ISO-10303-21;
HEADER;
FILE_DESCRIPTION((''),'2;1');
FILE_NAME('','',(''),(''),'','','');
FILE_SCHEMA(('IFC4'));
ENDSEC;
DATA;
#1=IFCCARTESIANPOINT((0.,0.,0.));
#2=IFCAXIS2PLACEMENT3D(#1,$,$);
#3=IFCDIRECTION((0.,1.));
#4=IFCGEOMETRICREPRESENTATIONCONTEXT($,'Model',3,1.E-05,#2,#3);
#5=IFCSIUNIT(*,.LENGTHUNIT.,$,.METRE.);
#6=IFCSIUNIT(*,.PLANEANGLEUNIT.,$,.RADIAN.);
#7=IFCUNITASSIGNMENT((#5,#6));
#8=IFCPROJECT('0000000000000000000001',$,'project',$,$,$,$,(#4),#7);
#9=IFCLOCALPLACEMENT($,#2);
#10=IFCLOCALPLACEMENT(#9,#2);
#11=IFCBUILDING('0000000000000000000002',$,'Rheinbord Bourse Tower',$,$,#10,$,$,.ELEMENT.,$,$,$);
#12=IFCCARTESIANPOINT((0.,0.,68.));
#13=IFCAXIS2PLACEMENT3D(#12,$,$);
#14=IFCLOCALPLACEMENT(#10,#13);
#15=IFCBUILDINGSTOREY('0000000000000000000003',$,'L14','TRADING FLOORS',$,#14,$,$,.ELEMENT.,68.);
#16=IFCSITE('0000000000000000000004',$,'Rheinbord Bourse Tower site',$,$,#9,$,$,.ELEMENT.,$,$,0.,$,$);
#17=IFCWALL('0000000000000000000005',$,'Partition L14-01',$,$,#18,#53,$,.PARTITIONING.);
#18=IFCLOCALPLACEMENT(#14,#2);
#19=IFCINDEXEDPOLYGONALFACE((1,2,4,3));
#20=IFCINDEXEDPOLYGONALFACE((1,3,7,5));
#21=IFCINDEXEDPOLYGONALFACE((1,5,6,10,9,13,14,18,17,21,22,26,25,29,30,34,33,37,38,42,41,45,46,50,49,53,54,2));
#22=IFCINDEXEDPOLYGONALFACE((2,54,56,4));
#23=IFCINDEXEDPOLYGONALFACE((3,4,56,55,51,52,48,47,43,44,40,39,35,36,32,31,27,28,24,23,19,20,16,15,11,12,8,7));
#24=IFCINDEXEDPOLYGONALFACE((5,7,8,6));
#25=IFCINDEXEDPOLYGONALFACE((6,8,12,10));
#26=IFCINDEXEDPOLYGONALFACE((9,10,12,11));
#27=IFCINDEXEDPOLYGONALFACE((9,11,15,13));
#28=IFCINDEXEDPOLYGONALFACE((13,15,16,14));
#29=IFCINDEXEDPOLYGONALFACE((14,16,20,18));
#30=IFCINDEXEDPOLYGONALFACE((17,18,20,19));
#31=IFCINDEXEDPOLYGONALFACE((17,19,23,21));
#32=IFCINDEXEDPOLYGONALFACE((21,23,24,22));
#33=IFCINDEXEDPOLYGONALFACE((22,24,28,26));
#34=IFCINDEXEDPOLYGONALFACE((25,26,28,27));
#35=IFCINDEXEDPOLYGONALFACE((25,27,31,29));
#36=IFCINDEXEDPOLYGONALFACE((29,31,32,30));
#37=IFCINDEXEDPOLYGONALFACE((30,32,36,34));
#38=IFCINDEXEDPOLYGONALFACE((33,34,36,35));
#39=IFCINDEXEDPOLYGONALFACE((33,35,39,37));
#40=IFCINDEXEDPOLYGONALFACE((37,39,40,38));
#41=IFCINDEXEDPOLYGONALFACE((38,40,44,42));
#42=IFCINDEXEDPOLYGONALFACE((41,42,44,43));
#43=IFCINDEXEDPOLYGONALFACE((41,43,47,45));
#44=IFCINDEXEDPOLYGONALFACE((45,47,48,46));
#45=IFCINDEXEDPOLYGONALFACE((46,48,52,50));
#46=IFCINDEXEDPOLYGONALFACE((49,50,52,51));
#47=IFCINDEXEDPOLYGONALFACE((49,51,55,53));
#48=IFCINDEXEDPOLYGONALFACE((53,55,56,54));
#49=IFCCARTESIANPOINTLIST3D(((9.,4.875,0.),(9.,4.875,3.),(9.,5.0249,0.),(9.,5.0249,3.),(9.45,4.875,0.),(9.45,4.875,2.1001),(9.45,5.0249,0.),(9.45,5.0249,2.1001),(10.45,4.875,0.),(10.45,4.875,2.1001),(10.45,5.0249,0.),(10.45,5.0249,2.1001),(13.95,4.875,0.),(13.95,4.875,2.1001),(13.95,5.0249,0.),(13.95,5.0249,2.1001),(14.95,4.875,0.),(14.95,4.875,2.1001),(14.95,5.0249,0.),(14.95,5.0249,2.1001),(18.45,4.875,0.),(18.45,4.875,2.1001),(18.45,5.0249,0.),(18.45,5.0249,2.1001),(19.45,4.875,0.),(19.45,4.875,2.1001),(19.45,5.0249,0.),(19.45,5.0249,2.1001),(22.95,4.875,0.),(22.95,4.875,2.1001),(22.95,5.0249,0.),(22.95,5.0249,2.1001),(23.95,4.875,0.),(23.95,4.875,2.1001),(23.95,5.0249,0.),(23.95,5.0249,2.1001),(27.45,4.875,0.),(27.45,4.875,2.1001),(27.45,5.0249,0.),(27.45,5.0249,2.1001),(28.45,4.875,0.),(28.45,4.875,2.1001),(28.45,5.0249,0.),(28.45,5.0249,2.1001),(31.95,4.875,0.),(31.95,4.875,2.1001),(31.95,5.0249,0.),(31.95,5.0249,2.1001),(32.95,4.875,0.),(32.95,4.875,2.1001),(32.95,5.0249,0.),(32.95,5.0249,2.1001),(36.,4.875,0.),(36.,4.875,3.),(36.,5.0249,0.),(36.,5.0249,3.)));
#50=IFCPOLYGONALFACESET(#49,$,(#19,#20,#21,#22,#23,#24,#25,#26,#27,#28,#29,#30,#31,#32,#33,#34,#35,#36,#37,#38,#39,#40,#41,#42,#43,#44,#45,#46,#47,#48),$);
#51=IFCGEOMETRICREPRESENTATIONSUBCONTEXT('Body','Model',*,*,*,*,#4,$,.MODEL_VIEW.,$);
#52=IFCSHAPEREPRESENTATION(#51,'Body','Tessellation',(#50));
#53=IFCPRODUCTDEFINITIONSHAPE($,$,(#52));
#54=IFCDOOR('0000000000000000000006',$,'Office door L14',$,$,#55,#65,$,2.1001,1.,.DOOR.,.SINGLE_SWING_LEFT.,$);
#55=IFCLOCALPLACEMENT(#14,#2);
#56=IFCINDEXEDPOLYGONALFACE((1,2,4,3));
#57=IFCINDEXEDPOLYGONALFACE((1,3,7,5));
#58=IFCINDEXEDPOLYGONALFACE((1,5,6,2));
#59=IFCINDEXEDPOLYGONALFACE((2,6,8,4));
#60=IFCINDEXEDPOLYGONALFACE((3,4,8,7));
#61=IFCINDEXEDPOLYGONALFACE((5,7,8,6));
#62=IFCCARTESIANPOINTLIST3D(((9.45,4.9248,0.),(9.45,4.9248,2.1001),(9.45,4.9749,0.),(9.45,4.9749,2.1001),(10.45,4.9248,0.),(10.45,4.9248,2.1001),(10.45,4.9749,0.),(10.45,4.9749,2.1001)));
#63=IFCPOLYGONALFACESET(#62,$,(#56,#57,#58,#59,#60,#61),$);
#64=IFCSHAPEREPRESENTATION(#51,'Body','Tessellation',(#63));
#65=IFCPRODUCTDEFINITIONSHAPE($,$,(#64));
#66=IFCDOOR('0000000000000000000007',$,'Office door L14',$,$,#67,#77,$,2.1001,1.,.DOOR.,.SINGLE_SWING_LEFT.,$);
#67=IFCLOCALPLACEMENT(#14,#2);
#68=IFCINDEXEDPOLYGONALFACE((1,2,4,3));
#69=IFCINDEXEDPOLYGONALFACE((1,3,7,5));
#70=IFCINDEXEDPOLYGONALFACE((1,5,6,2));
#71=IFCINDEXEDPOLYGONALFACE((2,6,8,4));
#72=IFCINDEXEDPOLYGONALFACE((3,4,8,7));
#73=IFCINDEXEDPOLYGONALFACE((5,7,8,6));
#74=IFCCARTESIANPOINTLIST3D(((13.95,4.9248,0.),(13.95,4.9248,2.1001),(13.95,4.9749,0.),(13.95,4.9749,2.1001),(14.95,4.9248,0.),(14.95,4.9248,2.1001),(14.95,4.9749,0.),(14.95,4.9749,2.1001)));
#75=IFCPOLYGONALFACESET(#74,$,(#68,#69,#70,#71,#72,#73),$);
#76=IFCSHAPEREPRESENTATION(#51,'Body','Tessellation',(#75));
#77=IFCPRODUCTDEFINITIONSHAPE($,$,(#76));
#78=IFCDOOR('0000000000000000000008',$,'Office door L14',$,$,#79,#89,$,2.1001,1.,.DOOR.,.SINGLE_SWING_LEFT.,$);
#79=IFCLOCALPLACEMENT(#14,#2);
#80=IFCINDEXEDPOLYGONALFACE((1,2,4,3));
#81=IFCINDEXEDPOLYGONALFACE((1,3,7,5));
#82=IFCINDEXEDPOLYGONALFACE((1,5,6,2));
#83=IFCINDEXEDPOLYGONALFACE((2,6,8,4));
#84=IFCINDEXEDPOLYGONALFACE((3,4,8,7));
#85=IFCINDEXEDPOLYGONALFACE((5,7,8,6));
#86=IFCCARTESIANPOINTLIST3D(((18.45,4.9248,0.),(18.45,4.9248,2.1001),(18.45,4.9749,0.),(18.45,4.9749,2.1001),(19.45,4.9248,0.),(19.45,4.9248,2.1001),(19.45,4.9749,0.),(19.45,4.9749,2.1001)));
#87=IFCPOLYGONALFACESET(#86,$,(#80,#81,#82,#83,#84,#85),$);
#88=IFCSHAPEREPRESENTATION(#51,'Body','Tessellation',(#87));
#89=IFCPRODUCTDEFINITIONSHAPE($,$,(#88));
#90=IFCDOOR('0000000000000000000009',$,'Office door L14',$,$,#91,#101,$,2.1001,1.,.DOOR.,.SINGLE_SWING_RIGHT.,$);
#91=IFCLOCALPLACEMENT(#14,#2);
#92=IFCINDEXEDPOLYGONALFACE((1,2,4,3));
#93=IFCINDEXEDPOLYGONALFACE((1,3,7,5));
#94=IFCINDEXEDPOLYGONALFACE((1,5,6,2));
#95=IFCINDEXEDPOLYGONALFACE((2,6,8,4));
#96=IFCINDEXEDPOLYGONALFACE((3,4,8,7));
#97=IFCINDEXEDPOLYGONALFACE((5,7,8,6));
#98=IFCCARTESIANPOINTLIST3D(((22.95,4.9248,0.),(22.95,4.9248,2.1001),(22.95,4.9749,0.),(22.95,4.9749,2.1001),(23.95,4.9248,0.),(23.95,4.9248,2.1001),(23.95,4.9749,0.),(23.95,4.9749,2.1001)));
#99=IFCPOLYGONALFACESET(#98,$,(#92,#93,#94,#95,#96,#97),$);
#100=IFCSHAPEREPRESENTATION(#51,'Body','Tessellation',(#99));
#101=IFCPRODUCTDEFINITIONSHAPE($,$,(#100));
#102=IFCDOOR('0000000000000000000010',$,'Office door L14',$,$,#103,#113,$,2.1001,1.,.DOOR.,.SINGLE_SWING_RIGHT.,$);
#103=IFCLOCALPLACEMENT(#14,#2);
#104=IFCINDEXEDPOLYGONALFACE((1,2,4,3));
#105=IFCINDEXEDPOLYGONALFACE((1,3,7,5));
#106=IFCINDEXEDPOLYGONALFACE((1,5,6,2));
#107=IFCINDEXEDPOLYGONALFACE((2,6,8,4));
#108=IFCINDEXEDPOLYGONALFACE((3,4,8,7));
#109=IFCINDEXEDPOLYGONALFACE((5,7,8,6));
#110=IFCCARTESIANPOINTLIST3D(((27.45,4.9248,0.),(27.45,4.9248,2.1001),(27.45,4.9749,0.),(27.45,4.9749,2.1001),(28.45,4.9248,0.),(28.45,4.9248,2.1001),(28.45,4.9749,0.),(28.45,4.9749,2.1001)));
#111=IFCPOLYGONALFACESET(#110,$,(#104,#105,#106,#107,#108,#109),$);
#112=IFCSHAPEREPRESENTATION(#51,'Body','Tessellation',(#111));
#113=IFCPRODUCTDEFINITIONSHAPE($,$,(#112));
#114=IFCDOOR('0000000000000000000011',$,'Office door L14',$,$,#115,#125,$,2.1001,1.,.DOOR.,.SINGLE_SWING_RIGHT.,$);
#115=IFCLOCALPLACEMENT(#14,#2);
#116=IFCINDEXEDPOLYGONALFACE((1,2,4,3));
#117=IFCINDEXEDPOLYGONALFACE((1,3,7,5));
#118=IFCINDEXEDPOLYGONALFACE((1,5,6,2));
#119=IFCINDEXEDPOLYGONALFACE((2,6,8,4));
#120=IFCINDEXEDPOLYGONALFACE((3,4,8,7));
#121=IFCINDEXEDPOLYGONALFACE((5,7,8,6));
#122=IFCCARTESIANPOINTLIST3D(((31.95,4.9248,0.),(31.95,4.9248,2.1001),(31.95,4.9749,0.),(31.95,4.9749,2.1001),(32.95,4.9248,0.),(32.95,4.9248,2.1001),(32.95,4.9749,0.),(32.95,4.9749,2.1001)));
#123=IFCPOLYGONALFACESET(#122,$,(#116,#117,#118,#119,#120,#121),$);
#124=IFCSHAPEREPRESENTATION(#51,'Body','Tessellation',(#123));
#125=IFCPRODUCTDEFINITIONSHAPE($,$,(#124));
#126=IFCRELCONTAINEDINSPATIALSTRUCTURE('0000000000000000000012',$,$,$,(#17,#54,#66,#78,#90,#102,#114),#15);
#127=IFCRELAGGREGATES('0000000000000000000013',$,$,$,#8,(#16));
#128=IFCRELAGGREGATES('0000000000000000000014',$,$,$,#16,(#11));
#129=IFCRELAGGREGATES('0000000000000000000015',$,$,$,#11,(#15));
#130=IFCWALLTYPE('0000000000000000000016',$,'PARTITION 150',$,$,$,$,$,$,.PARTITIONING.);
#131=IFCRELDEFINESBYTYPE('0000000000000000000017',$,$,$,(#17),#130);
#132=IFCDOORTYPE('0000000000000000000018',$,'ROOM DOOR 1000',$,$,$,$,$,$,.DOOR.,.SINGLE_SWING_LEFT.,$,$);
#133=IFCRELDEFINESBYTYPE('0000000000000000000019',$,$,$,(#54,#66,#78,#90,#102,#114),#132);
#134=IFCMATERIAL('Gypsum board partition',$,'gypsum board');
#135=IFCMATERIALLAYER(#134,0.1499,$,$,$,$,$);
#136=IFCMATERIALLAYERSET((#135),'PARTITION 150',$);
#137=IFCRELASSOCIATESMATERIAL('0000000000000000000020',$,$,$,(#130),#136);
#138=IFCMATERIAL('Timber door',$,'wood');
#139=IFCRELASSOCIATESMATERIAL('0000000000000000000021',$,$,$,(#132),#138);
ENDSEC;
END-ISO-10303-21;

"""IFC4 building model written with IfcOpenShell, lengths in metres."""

from ifc_helpers import new_model, si_unit, direction, frame, frame_2d, origin, place, context, subcontext, project, spatial, rectangle, extrude, material, layer, layer_set, type_object, element, fill, save


model = new_model("IFC4")

# Units and contexts
model_context = context("Model", 3, precision=1e-05, world=origin(), true_north=direction((0.0, 1.0)))
body_context = subcontext(model_context, "Body", "Model", "MODEL_VIEW")
ifc_project = project(units=[si_unit("LENGTHUNIT", "METRE"), si_unit("PLANEANGLEUNIT", "RADIAN")], contexts=[model_context])

# Site, building, storey
site_placement = place(None, origin())
site = spatial("IfcSite", under=ifc_project, at=site_placement, Name="Rheinbord Bourse Tower site", CompositionType="ELEMENT", RefElevation=0.0)
building_placement = place(site_placement, origin())
building = spatial("IfcBuilding", under=site, at=building_placement, Name="Rheinbord Bourse Tower", CompositionType="ELEMENT")
storey_placement = place(building_placement, frame((0.0, 0.0, 68.0)))
storey = spatial("IfcBuildingStorey", under=building, at=storey_placement, Name="L14", Description="TRADING FLOORS", CompositionType="ELEMENT", Elevation=68.0)

# Wall, openings, doors
ifc_material_1 = material(Name="Gypsum board partition", Category="gypsum board")
ifc_layer_1 = layer(ifc_material_1, 0.1499)
ifc_layer_set_1 = layer_set([ifc_layer_1], Name="PARTITION 150")
wall_type = type_object("IfcWallType", Name="PARTITION 150", PredefinedType="PARTITIONING", material=ifc_layer_set_1)
wall_placement = place(storey_placement, frame((9.0, 4.95, 0.0), z_axis=(0.0, 0.0, 1.0), x_axis=(1.0, 0.0, 0.0)))
wall = element("IfcWall", 1, at=wall_placement, inside=storey, type_object=wall_type, Name="Partition L14-01", PredefinedType="PARTITIONING", context=body_context, shape_type="SweptSolid", body=[
    extrude(rectangle(XDim=27.0, YDim=0.1499, at=frame_2d((13.5, 0.0))), origin(), (0.0, 0.0, 1.0), 3.0),
])
opening_1_placement = place(wall_placement, frame((0.45, 0.0, 0.0)))
opening_1 = element("IfcOpeningElement", 2, at=opening_1_placement, cuts=wall, PredefinedType="OPENING", context=body_context, shape_type="SweptSolid", body=[
    extrude(rectangle(XDim=1.0, YDim=2.1001, at=frame_2d((0.5, 1.05))), frame((0.0, 0.085, 0.0), z_axis=(0.0, -1.0, 0.0), x_axis=(1.0, 0.0, 0.0)), (0.0, 0.0, 1.0), 0.1699),
])
opening_2_placement = place(wall_placement, frame((4.95, 0.0, 0.0)))
opening_2 = element("IfcOpeningElement", 3, at=opening_2_placement, cuts=wall, PredefinedType="OPENING", context=body_context, shape_type="SweptSolid", body=[
    extrude(rectangle(XDim=1.0, YDim=2.1001, at=frame_2d((0.5, 1.05))), frame((0.0, 0.085, 0.0), z_axis=(0.0, -1.0, 0.0), x_axis=(1.0, 0.0, 0.0)), (0.0, 0.0, 1.0), 0.1699),
])
opening_3_placement = place(wall_placement, frame((9.45, 0.0, 0.0)))
opening_3 = element("IfcOpeningElement", 4, at=opening_3_placement, cuts=wall, PredefinedType="OPENING", context=body_context, shape_type="SweptSolid", body=[
    extrude(rectangle(XDim=1.0, YDim=2.1001, at=frame_2d((0.5, 1.05))), frame((0.0, 0.085, 0.0), z_axis=(0.0, -1.0, 0.0), x_axis=(1.0, 0.0, 0.0)), (0.0, 0.0, 1.0), 0.1699),
])
opening_4_placement = place(wall_placement, frame((13.95, 0.0, 0.0)))
opening_4 = element("IfcOpeningElement", 5, at=opening_4_placement, cuts=wall, PredefinedType="OPENING", context=body_context, shape_type="SweptSolid", body=[
    extrude(rectangle(XDim=1.0, YDim=2.1001, at=frame_2d((0.5, 1.05))), frame((0.0, 0.085, 0.0), z_axis=(0.0, -1.0, 0.0), x_axis=(1.0, 0.0, 0.0)), (0.0, 0.0, 1.0), 0.1699),
])
opening_5_placement = place(wall_placement, frame((18.45, 0.0, 0.0)))
opening_5 = element("IfcOpeningElement", 6, at=opening_5_placement, cuts=wall, PredefinedType="OPENING", context=body_context, shape_type="SweptSolid", body=[
    extrude(rectangle(XDim=1.0, YDim=2.1001, at=frame_2d((0.5, 1.05))), frame((0.0, 0.085, 0.0), z_axis=(0.0, -1.0, 0.0), x_axis=(1.0, 0.0, 0.0)), (0.0, 0.0, 1.0), 0.1699),
])
opening_6_placement = place(wall_placement, frame((22.95, 0.0, 0.0)))
opening_6 = element("IfcOpeningElement", 7, at=opening_6_placement, cuts=wall, PredefinedType="OPENING", context=body_context, shape_type="SweptSolid", body=[
    extrude(rectangle(XDim=1.0, YDim=2.1001, at=frame_2d((0.5, 1.05))), frame((0.0, 0.085, 0.0), z_axis=(0.0, -1.0, 0.0), x_axis=(1.0, 0.0, 0.0)), (0.0, 0.0, 1.0), 0.1699),
])
ifc_material_2 = material(Name="Timber door", Category="wood")
door_type = type_object("IfcDoorType", Name="ROOM DOOR 1000", OperationType="SINGLE_SWING_LEFT", PredefinedType="DOOR", material=ifc_material_2)
door_1_placement = place(opening_1_placement, origin())
door_1 = element("IfcDoor", 8, at=door_1_placement, inside=storey, type_object=door_type, Name="Office door L14", OperationType="SINGLE_SWING_LEFT", OverallHeight=2.1001, OverallWidth=1.0, PredefinedType="DOOR", context=body_context, shape_type="SweptSolid", body=[
    extrude(rectangle(XDim=1.0, YDim=2.1001, at=frame_2d((0.5, 1.05))), frame((0.0, 0.0249, 0.0), z_axis=(0.0, -1.0, 0.0), x_axis=(1.0, 0.0, 0.0)), (0.0, 0.0, 1.0), 0.05),
])
fill(opening_1, door_1)
door_2_placement = place(opening_2_placement, origin())
door_2 = element("IfcDoor", 9, at=door_2_placement, inside=storey, type_object=door_type, Name="Office door L14", OperationType="SINGLE_SWING_LEFT", OverallHeight=2.1001, OverallWidth=1.0, PredefinedType="DOOR", context=body_context, shape_type="SweptSolid", body=[
    extrude(rectangle(XDim=1.0, YDim=2.1001, at=frame_2d((0.5, 1.05))), frame((0.0, 0.0249, 0.0), z_axis=(0.0, -1.0, 0.0), x_axis=(1.0, 0.0, 0.0)), (0.0, 0.0, 1.0), 0.05),
])
fill(opening_2, door_2)
door_3_placement = place(opening_3_placement, origin())
door_3 = element("IfcDoor", 10, at=door_3_placement, inside=storey, type_object=door_type, Name="Office door L14", OperationType="SINGLE_SWING_LEFT", OverallHeight=2.1001, OverallWidth=1.0, PredefinedType="DOOR", context=body_context, shape_type="SweptSolid", body=[
    extrude(rectangle(XDim=1.0, YDim=2.1001, at=frame_2d((0.5, 1.05))), frame((0.0, 0.0249, 0.0), z_axis=(0.0, -1.0, 0.0), x_axis=(1.0, 0.0, 0.0)), (0.0, 0.0, 1.0), 0.05),
])
fill(opening_3, door_3)
door_4_placement = place(opening_4_placement, origin())
door_4 = element("IfcDoor", 11, at=door_4_placement, inside=storey, type_object=door_type, Name="Office door L14", OperationType="SINGLE_SWING_RIGHT", OverallHeight=2.1001, OverallWidth=1.0, PredefinedType="DOOR", context=body_context, shape_type="SweptSolid", body=[
    extrude(rectangle(XDim=1.0, YDim=2.1001, at=frame_2d((0.5, 1.05))), frame((0.0, 0.0249, 0.0), z_axis=(0.0, -1.0, 0.0), x_axis=(1.0, 0.0, 0.0)), (0.0, 0.0, 1.0), 0.05),
])
fill(opening_4, door_4)
door_5_placement = place(opening_5_placement, origin())
door_5 = element("IfcDoor", 12, at=door_5_placement, inside=storey, type_object=door_type, Name="Office door L14", OperationType="SINGLE_SWING_RIGHT", OverallHeight=2.1001, OverallWidth=1.0, PredefinedType="DOOR", context=body_context, shape_type="SweptSolid", body=[
    extrude(rectangle(XDim=1.0, YDim=2.1001, at=frame_2d((0.5, 1.05))), frame((0.0, 0.0249, 0.0), z_axis=(0.0, -1.0, 0.0), x_axis=(1.0, 0.0, 0.0)), (0.0, 0.0, 1.0), 0.05),
])
fill(opening_5, door_5)
door_6_placement = place(opening_6_placement, origin())
door_6 = element("IfcDoor", 13, at=door_6_placement, inside=storey, type_object=door_type, Name="Office door L14", OperationType="SINGLE_SWING_RIGHT", OverallHeight=2.1001, OverallWidth=1.0, PredefinedType="DOOR", context=body_context, shape_type="SweptSolid", body=[
    extrude(rectangle(XDim=1.0, YDim=2.1001, at=frame_2d((0.5, 1.05))), frame((0.0, 0.0249, 0.0), z_axis=(0.0, -1.0, 0.0), x_axis=(1.0, 0.0, 0.0)), (0.0, 0.0, 1.0), 0.05),
])
fill(opening_6, door_6)

save(model, "model.ifc")
